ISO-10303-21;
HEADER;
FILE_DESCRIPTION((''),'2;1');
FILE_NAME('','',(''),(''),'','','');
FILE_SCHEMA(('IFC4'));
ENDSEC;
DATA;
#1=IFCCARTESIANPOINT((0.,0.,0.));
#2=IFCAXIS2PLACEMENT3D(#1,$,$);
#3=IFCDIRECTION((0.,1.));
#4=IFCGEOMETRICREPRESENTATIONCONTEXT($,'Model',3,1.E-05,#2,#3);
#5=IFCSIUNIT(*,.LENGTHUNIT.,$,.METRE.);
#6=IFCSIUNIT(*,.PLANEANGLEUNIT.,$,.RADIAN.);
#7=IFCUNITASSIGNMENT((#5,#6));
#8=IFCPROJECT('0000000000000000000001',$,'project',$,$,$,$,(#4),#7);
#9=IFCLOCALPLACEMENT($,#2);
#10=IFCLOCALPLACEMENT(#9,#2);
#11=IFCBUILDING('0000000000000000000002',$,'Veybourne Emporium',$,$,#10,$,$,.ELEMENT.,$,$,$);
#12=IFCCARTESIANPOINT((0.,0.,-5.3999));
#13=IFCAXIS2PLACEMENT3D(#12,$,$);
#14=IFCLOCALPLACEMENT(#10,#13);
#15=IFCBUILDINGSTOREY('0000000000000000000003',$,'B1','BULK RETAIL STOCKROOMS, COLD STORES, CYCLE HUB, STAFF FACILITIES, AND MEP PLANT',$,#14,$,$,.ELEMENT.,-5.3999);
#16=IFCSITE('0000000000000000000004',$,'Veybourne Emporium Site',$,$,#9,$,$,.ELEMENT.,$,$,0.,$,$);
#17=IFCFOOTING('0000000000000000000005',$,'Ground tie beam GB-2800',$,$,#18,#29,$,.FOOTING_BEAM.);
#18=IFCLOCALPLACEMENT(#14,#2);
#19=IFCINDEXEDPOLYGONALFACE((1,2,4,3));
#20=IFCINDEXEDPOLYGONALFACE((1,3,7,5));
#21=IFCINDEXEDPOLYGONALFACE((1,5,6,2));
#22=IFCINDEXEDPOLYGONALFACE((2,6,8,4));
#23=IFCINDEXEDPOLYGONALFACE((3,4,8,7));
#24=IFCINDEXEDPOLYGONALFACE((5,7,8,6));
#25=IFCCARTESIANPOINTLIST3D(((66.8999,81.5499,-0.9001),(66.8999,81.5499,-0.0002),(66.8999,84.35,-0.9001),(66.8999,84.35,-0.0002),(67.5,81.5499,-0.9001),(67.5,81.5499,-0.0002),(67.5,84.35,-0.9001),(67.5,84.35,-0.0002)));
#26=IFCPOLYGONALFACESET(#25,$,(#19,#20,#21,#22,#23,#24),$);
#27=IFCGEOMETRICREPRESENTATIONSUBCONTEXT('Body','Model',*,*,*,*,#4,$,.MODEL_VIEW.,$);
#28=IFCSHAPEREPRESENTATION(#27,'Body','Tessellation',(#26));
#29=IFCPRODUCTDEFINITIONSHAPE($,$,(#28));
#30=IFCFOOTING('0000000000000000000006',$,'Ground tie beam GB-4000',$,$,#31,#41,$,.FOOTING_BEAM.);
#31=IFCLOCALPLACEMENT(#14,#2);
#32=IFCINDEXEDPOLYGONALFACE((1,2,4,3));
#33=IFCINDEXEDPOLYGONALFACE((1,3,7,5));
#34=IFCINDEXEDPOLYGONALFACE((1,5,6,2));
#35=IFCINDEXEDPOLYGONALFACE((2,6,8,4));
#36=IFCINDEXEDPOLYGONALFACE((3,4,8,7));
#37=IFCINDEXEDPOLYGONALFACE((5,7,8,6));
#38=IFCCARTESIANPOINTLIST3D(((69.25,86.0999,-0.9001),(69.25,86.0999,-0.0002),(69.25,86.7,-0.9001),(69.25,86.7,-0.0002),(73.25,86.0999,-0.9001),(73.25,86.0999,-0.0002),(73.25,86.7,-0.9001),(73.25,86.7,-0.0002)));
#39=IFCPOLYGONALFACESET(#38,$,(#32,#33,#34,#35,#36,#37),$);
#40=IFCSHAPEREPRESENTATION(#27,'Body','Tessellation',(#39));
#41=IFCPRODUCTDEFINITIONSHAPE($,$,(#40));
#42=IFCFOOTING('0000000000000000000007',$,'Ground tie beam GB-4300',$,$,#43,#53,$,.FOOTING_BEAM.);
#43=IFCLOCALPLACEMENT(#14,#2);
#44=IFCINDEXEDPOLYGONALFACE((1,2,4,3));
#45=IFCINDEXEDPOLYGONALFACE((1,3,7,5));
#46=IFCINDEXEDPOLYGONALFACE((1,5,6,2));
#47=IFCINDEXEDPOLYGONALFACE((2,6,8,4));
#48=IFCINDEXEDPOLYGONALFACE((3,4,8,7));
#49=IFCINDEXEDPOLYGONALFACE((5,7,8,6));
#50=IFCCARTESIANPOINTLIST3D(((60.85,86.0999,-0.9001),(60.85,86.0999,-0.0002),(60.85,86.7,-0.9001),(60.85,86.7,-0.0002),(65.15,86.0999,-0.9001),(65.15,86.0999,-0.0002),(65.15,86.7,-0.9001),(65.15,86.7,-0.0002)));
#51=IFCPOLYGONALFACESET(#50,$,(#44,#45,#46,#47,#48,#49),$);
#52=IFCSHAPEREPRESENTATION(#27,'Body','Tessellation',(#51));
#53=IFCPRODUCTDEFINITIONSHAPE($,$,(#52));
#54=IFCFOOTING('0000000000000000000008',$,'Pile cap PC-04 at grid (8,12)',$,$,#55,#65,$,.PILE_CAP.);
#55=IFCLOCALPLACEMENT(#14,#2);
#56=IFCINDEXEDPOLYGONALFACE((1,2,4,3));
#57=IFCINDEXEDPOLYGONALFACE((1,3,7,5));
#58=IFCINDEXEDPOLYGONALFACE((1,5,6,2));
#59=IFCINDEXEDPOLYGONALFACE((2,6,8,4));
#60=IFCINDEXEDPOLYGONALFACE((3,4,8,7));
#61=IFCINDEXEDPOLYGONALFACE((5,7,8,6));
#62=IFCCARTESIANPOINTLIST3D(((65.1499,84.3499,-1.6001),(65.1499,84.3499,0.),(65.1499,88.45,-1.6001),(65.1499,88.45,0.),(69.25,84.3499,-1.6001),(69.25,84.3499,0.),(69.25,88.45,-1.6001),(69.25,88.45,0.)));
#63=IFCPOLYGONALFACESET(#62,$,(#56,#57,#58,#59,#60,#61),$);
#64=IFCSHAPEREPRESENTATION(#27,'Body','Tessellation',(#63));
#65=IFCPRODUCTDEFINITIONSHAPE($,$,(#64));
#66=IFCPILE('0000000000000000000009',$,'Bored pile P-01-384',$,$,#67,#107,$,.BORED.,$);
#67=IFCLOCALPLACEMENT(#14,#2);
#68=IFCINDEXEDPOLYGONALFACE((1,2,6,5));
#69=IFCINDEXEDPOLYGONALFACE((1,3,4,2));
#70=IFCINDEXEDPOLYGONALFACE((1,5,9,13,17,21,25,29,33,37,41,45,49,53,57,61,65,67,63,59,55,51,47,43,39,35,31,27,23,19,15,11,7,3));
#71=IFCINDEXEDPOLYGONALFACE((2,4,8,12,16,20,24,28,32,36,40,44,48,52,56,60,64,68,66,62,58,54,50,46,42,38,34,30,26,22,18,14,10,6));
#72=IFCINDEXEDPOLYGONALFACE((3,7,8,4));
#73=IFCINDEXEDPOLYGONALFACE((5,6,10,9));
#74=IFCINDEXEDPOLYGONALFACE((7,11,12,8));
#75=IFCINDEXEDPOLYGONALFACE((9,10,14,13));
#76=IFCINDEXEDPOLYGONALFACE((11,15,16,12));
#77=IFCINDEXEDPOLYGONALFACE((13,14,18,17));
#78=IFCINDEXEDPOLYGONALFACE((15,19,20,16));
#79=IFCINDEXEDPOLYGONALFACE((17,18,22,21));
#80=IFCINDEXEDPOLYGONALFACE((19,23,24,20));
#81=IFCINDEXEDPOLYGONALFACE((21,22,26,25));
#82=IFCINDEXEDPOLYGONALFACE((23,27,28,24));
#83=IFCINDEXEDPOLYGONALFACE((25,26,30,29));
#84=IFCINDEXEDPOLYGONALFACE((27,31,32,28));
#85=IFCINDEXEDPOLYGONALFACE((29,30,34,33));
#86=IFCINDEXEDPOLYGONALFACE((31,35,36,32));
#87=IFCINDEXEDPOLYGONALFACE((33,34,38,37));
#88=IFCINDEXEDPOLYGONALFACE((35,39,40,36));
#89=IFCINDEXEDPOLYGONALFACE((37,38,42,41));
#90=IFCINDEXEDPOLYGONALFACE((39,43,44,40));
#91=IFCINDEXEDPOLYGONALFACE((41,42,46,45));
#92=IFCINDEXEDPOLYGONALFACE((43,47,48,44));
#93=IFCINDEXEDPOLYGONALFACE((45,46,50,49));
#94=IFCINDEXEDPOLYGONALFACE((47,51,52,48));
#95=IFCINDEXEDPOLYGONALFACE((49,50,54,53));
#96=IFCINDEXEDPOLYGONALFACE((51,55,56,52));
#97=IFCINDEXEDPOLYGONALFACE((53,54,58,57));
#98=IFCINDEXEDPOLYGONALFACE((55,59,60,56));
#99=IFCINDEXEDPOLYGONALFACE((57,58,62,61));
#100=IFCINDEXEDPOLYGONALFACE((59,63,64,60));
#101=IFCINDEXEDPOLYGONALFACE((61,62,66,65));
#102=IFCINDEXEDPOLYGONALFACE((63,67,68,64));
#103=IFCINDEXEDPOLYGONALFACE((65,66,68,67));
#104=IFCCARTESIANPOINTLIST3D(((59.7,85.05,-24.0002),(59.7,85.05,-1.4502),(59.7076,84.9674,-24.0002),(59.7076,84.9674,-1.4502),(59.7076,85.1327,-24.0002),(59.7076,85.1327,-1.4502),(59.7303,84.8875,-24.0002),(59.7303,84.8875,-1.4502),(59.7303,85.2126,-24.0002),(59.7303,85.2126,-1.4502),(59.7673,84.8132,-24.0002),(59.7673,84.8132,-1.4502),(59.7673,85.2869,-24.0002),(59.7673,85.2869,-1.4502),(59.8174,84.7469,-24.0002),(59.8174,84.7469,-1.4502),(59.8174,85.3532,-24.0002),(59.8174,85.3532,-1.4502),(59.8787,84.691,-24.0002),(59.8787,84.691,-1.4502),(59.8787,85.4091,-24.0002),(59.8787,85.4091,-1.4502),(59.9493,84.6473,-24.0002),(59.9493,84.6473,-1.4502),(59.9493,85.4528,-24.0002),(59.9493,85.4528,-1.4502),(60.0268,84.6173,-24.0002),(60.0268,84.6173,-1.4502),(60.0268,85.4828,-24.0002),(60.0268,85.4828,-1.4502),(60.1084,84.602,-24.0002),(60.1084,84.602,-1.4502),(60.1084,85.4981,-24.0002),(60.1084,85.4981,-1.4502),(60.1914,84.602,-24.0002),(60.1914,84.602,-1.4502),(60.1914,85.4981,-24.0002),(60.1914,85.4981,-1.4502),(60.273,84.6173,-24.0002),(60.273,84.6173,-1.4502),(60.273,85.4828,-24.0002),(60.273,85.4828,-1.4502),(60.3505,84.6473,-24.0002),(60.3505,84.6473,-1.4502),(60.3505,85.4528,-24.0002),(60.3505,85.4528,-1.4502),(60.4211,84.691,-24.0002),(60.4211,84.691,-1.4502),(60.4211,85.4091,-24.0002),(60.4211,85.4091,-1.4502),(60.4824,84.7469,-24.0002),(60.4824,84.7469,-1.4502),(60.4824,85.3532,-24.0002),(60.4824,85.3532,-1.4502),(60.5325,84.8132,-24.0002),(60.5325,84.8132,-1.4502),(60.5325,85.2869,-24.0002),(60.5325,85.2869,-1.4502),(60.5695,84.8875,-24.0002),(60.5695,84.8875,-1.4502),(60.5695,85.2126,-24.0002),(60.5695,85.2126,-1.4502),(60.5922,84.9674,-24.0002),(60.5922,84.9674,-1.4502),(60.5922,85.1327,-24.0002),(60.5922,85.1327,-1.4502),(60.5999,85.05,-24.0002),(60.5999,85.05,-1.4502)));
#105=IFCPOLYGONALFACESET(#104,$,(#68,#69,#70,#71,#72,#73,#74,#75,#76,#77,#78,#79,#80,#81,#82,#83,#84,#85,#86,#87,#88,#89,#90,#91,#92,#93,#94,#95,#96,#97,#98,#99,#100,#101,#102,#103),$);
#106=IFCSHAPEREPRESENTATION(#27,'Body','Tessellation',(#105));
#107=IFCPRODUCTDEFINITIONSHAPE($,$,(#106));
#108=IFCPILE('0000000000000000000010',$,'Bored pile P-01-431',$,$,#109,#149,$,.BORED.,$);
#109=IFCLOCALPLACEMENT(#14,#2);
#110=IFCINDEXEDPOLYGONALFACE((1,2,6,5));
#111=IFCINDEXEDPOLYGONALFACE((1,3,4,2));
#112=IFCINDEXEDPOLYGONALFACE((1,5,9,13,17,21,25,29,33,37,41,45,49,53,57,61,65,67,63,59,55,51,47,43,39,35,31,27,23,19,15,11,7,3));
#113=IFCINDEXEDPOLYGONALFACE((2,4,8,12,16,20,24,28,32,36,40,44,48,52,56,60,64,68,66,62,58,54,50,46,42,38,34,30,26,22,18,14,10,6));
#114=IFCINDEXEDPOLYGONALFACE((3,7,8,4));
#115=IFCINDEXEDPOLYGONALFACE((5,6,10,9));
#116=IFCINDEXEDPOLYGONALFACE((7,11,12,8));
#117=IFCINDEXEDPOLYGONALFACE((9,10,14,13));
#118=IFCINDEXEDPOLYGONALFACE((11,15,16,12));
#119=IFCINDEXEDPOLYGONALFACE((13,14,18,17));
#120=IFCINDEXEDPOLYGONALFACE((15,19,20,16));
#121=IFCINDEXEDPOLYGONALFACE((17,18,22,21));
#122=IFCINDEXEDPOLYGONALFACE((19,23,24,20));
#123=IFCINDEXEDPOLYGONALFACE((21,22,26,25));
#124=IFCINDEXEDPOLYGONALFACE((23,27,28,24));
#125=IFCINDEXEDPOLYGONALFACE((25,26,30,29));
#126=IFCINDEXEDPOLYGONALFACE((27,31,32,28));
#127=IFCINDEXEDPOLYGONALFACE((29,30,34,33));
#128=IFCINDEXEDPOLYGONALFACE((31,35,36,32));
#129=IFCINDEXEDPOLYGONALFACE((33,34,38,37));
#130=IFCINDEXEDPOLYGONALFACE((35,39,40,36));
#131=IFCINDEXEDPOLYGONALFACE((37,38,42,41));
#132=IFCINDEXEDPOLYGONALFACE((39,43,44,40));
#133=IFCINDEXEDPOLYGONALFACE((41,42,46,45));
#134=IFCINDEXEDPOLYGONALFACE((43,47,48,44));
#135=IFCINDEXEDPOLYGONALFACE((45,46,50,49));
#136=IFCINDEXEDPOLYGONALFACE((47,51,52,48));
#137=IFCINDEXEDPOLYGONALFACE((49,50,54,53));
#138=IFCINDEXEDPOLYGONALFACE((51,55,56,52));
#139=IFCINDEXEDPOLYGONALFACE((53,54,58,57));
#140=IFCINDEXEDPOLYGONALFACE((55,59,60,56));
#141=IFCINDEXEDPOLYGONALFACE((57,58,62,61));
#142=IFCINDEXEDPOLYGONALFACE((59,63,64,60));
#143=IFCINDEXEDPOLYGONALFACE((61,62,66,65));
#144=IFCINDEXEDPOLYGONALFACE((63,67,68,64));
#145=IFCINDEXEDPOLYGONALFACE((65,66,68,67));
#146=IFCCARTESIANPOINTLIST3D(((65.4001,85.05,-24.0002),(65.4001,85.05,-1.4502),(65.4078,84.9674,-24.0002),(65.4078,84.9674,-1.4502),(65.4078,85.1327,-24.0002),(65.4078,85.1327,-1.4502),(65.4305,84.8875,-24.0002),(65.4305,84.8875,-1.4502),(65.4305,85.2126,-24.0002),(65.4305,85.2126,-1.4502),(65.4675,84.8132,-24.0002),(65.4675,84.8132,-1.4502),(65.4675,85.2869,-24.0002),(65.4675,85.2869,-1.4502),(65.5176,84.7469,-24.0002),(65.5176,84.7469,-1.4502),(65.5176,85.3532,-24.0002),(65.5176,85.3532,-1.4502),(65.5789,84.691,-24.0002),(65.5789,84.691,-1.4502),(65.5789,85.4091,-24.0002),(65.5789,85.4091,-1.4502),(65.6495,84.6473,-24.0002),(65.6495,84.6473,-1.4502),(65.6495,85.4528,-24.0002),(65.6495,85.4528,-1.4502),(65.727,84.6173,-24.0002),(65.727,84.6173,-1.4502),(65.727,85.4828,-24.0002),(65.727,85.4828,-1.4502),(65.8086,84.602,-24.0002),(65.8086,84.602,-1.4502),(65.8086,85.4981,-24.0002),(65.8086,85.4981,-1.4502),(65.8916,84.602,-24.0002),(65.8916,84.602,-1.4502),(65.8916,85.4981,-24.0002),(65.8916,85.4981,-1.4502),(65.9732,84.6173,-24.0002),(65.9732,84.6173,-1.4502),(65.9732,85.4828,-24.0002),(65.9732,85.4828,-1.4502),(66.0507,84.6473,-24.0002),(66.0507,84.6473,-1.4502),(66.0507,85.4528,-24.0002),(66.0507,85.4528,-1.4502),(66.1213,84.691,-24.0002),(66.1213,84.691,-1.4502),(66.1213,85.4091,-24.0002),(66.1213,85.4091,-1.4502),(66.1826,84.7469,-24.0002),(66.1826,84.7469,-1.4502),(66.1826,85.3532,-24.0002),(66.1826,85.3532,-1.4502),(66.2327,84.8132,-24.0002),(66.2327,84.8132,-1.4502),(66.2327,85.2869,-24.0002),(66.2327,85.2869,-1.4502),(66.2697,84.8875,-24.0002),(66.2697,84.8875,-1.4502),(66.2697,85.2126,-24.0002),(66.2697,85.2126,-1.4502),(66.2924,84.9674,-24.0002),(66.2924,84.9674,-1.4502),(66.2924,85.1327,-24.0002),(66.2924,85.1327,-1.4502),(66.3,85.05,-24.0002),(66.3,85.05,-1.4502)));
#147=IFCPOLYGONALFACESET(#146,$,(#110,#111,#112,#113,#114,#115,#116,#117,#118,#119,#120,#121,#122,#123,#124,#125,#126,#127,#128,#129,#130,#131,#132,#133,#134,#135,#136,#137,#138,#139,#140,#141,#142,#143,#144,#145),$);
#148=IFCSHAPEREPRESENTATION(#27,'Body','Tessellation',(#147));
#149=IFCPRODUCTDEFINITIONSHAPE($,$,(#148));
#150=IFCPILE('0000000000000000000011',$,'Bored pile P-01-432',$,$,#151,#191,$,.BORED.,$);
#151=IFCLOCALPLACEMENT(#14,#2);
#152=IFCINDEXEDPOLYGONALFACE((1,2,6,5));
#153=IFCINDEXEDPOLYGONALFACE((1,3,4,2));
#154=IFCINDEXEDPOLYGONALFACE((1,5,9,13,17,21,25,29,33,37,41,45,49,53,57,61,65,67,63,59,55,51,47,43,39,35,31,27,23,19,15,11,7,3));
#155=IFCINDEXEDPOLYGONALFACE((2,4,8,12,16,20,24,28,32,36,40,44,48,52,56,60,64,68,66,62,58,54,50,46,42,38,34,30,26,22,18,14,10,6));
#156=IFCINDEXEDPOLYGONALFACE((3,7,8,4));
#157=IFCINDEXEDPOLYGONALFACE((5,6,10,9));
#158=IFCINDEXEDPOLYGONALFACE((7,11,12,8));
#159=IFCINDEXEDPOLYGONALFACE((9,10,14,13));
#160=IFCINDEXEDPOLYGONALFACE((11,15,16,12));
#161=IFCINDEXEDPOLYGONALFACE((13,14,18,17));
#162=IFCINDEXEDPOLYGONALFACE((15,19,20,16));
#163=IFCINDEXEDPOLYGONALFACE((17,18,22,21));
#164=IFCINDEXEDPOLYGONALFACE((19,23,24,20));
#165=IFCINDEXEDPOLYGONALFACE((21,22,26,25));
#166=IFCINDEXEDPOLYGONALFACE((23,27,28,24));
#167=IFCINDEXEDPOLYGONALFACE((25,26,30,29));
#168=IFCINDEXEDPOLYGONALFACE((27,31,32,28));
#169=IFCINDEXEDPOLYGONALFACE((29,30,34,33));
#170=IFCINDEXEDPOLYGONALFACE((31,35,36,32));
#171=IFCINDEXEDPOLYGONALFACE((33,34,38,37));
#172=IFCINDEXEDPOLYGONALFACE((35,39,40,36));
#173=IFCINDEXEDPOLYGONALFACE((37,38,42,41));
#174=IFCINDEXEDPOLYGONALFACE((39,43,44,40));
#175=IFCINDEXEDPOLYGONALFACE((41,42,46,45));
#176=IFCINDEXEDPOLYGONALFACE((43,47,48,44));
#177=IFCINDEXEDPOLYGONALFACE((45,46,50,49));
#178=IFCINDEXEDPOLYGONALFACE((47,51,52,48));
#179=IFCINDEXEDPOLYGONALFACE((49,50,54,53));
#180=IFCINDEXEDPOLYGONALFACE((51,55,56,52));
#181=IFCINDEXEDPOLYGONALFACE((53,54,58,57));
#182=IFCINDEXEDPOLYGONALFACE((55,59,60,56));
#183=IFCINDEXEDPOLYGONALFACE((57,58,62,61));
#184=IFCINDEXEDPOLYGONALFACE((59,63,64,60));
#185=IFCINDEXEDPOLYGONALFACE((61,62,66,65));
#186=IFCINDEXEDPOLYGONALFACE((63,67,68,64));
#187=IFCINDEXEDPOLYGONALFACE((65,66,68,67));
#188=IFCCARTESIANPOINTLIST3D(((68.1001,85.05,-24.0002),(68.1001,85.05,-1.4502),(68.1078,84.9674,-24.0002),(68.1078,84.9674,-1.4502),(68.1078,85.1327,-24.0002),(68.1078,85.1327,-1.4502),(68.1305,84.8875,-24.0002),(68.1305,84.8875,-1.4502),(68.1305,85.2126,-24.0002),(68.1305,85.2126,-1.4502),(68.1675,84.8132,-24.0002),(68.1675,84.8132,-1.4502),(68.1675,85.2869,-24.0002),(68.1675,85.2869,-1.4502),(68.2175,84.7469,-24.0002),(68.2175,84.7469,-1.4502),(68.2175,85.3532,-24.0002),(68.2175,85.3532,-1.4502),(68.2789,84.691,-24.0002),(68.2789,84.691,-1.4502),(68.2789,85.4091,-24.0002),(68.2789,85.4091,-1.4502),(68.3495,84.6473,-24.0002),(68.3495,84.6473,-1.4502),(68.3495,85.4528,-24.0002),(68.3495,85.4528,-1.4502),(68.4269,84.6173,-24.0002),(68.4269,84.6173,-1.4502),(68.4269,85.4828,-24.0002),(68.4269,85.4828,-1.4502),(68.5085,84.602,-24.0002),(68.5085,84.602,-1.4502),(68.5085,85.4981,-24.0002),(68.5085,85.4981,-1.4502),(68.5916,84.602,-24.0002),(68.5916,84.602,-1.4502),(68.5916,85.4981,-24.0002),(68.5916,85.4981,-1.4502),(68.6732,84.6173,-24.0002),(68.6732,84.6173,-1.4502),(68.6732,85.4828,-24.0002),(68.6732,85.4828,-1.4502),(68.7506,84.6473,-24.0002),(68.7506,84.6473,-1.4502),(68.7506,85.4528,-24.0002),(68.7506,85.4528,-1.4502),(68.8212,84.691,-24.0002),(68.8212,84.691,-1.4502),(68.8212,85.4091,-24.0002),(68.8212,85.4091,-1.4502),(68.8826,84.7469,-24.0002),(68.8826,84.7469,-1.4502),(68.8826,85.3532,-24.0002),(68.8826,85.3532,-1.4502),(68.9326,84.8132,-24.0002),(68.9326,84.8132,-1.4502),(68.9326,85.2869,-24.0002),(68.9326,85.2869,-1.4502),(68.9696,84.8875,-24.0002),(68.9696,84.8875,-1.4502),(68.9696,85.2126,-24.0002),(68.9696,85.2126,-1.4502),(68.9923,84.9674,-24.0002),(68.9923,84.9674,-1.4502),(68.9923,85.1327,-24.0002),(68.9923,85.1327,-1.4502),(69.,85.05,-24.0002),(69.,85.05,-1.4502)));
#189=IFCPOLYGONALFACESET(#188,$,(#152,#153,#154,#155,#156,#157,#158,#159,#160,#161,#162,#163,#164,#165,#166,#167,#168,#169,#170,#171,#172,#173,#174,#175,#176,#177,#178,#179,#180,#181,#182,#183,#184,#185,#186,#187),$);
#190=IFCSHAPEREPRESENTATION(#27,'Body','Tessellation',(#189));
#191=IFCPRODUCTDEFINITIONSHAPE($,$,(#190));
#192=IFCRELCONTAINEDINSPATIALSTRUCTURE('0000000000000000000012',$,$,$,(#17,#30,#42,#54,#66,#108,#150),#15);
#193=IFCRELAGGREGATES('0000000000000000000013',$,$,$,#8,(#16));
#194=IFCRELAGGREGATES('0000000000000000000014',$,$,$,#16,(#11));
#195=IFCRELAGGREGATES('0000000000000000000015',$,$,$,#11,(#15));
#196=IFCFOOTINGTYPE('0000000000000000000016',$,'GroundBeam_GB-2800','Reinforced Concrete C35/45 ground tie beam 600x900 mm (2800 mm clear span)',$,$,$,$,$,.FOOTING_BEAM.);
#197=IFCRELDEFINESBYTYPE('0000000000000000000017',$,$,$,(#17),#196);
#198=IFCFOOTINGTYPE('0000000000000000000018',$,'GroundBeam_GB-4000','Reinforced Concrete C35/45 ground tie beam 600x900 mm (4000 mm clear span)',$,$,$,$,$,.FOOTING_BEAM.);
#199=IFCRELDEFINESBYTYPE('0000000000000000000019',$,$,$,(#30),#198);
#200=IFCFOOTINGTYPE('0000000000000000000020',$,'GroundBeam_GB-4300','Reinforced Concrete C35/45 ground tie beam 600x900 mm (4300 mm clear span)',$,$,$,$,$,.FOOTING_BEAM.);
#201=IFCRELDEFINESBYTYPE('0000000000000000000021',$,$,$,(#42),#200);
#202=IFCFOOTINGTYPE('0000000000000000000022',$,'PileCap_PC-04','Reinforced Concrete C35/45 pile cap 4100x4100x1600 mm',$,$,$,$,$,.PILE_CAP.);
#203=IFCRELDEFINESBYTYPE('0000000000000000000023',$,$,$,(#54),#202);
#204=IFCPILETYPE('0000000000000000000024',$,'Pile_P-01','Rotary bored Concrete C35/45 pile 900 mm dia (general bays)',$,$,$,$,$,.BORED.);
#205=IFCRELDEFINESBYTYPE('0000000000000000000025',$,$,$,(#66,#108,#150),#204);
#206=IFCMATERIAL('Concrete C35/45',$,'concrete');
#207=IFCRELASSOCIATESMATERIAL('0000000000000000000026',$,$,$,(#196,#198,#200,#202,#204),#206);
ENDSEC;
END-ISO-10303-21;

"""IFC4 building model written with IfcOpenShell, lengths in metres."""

from ifc_helpers import new_model, si_unit, direction, frame, origin, origin_2d, place, context, subcontext, project, spatial, rectangle, circle, extrude, material, material_profile, profile_set, type_object, element, save


model = new_model("IFC4")

# Units and contexts
model_context = context("Model", 3, precision=1e-05, world=origin(), true_north=direction((0.0, 1.0)))
body_context = subcontext(model_context, "Body", "Model", "MODEL_VIEW")
ifc_project = project(units=[si_unit("LENGTHUNIT", "METRE"), si_unit("PLANEANGLEUNIT", "RADIAN")], contexts=[model_context])

# Site, building, storey
site_placement = place(None, origin())
site = spatial("IfcSite", under=ifc_project, at=site_placement, Name="Veybourne Emporium Site", CompositionType="ELEMENT", RefElevation=0.0)
building_placement = place(site_placement, origin())
building = spatial("IfcBuilding", under=site, at=building_placement, Name="Veybourne Emporium", CompositionType="ELEMENT")
storey_placement = place(building_placement, frame((0.0, 0.0, -5.3999)))
storey = spatial("IfcBuildingStorey", under=building, at=storey_placement, Name="B1", Description="BULK RETAIL STOCKROOMS, COLD STORES, CYCLE HUB, STAFF FACILITIES, AND MEP PLANT", CompositionType="ELEMENT", Elevation=-5.3999)

# Footings
ifc_material_1 = material(Name="Concrete C35/45", Category="concrete")
footing_type_1 = type_object("IfcFootingType", Name="GroundBeam_GB-2800", Description="Reinforced Concrete C35/45 ground tie beam 600x900 mm (2800 mm clear span)", PredefinedType="FOOTING_BEAM", material=ifc_material_1)
footing_1_placement = place(storey_placement, frame((67.2, 82.95, -0.9001), z_axis=(0.0, 0.0, 1.0), x_axis=(0.0, 1.0, 0.0)))
element("IfcFooting", 1, at=footing_1_placement, inside=storey, type_object=footing_type_1, Name="Ground tie beam GB-2800", PredefinedType="FOOTING_BEAM", context=body_context, shape_type="SweptSolid", body=[
    extrude(rectangle(XDim=2.8, YDim=0.6001, at=origin_2d()), origin(), (0.0, 0.0, 1.0), 0.8999),
])
footing_type_2 = type_object("IfcFootingType", Name="GroundBeam_GB-4000", Description="Reinforced Concrete C35/45 ground tie beam 600x900 mm (4000 mm clear span)", PredefinedType="FOOTING_BEAM", material=ifc_material_1)
footing_2_placement = place(storey_placement, frame((71.25, 86.3999, -0.9001), z_axis=(0.0, 0.0, 1.0), x_axis=(1.0, 0.0, 0.0)))
element("IfcFooting", 2, at=footing_2_placement, inside=storey, type_object=footing_type_2, Name="Ground tie beam GB-4000", PredefinedType="FOOTING_BEAM", context=body_context, shape_type="SweptSolid", body=[
    extrude(rectangle(XDim=4.0, YDim=0.6001, at=origin_2d()), origin(), (0.0, 0.0, 1.0), 0.8999),
])
footing_type_3 = type_object("IfcFootingType", Name="GroundBeam_GB-4300", Description="Reinforced Concrete C35/45 ground tie beam 600x900 mm (4300 mm clear span)", PredefinedType="FOOTING_BEAM", material=ifc_material_1)
footing_3_placement = place(storey_placement, frame((63.0, 86.3999, -0.9001), z_axis=(0.0, 0.0, 1.0), x_axis=(1.0, 0.0, 0.0)))
element("IfcFooting", 3, at=footing_3_placement, inside=storey, type_object=footing_type_3, Name="Ground tie beam GB-4300", PredefinedType="FOOTING_BEAM", context=body_context, shape_type="SweptSolid", body=[
    extrude(rectangle(XDim=4.3, YDim=0.6001, at=origin_2d()), origin(), (0.0, 0.0, 1.0), 0.8999),
])
footing_type_4 = type_object("IfcFootingType", Name="PileCap_PC-04", Description="Reinforced Concrete C35/45 pile cap 4100x4100x1600 mm", PredefinedType="PILE_CAP", material=ifc_material_1)
footing_4_placement = place(storey_placement, frame((67.2, 86.3999, -1.6001), z_axis=(0.0, 0.0, 1.0), x_axis=(1.0, 0.0, 0.0)))
element("IfcFooting", 4, at=footing_4_placement, inside=storey, type_object=footing_type_4, Name="Pile cap PC-04 at grid (8,12)", PredefinedType="PILE_CAP", context=body_context, shape_type="SweptSolid", body=[
    extrude(rectangle(XDim=4.1001, YDim=4.1001, at=origin_2d()), origin(), (0.0, 0.0, 1.0), 1.6001),
])

# Piles
ifc_material_profile_1 = material_profile(ifc_material_1, circle(Radius=0.45, at=origin_2d()), Name="BORED PILE 900")
ifc_profile_set_1 = profile_set([ifc_material_profile_1], Name="Concrete C35/45")
pile_type_1 = type_object("IfcPileType", Name="Pile_P-01", Description="Rotary bored Concrete C35/45 pile 900 mm dia (general bays)", PredefinedType="BORED", material=ifc_profile_set_1)
for number, where, z_axis, x_axis, name in (
    (5, (60.1499, 85.05, -1.4502), (0.0, 0.0, -1.0), (1.0, 0.0, 0.0), "Bored pile P-01-384"),
    (6, (65.8501, 85.05, -1.4502), (0.0, 0.0, -1.0), (1.0, 0.0, 0.0), "Bored pile P-01-431"),
    (7, (68.55, 85.05, -1.4502), (0.0, 0.0, -1.0), (1.0, 0.0, 0.0), "Bored pile P-01-432"),
):
    element("IfcPile", number, at=place(storey_placement, frame(where, z_axis=z_axis, x_axis=x_axis)), inside=storey, type_object=pile_type_1, Name=name, PredefinedType="BORED", context=body_context, shape_type="SweptSolid", body=[
        extrude(circle(Radius=0.45, at=origin_2d()), origin(), (0.0, 0.0, 1.0), 22.55),
    ])

save(model, "model.ifc")
